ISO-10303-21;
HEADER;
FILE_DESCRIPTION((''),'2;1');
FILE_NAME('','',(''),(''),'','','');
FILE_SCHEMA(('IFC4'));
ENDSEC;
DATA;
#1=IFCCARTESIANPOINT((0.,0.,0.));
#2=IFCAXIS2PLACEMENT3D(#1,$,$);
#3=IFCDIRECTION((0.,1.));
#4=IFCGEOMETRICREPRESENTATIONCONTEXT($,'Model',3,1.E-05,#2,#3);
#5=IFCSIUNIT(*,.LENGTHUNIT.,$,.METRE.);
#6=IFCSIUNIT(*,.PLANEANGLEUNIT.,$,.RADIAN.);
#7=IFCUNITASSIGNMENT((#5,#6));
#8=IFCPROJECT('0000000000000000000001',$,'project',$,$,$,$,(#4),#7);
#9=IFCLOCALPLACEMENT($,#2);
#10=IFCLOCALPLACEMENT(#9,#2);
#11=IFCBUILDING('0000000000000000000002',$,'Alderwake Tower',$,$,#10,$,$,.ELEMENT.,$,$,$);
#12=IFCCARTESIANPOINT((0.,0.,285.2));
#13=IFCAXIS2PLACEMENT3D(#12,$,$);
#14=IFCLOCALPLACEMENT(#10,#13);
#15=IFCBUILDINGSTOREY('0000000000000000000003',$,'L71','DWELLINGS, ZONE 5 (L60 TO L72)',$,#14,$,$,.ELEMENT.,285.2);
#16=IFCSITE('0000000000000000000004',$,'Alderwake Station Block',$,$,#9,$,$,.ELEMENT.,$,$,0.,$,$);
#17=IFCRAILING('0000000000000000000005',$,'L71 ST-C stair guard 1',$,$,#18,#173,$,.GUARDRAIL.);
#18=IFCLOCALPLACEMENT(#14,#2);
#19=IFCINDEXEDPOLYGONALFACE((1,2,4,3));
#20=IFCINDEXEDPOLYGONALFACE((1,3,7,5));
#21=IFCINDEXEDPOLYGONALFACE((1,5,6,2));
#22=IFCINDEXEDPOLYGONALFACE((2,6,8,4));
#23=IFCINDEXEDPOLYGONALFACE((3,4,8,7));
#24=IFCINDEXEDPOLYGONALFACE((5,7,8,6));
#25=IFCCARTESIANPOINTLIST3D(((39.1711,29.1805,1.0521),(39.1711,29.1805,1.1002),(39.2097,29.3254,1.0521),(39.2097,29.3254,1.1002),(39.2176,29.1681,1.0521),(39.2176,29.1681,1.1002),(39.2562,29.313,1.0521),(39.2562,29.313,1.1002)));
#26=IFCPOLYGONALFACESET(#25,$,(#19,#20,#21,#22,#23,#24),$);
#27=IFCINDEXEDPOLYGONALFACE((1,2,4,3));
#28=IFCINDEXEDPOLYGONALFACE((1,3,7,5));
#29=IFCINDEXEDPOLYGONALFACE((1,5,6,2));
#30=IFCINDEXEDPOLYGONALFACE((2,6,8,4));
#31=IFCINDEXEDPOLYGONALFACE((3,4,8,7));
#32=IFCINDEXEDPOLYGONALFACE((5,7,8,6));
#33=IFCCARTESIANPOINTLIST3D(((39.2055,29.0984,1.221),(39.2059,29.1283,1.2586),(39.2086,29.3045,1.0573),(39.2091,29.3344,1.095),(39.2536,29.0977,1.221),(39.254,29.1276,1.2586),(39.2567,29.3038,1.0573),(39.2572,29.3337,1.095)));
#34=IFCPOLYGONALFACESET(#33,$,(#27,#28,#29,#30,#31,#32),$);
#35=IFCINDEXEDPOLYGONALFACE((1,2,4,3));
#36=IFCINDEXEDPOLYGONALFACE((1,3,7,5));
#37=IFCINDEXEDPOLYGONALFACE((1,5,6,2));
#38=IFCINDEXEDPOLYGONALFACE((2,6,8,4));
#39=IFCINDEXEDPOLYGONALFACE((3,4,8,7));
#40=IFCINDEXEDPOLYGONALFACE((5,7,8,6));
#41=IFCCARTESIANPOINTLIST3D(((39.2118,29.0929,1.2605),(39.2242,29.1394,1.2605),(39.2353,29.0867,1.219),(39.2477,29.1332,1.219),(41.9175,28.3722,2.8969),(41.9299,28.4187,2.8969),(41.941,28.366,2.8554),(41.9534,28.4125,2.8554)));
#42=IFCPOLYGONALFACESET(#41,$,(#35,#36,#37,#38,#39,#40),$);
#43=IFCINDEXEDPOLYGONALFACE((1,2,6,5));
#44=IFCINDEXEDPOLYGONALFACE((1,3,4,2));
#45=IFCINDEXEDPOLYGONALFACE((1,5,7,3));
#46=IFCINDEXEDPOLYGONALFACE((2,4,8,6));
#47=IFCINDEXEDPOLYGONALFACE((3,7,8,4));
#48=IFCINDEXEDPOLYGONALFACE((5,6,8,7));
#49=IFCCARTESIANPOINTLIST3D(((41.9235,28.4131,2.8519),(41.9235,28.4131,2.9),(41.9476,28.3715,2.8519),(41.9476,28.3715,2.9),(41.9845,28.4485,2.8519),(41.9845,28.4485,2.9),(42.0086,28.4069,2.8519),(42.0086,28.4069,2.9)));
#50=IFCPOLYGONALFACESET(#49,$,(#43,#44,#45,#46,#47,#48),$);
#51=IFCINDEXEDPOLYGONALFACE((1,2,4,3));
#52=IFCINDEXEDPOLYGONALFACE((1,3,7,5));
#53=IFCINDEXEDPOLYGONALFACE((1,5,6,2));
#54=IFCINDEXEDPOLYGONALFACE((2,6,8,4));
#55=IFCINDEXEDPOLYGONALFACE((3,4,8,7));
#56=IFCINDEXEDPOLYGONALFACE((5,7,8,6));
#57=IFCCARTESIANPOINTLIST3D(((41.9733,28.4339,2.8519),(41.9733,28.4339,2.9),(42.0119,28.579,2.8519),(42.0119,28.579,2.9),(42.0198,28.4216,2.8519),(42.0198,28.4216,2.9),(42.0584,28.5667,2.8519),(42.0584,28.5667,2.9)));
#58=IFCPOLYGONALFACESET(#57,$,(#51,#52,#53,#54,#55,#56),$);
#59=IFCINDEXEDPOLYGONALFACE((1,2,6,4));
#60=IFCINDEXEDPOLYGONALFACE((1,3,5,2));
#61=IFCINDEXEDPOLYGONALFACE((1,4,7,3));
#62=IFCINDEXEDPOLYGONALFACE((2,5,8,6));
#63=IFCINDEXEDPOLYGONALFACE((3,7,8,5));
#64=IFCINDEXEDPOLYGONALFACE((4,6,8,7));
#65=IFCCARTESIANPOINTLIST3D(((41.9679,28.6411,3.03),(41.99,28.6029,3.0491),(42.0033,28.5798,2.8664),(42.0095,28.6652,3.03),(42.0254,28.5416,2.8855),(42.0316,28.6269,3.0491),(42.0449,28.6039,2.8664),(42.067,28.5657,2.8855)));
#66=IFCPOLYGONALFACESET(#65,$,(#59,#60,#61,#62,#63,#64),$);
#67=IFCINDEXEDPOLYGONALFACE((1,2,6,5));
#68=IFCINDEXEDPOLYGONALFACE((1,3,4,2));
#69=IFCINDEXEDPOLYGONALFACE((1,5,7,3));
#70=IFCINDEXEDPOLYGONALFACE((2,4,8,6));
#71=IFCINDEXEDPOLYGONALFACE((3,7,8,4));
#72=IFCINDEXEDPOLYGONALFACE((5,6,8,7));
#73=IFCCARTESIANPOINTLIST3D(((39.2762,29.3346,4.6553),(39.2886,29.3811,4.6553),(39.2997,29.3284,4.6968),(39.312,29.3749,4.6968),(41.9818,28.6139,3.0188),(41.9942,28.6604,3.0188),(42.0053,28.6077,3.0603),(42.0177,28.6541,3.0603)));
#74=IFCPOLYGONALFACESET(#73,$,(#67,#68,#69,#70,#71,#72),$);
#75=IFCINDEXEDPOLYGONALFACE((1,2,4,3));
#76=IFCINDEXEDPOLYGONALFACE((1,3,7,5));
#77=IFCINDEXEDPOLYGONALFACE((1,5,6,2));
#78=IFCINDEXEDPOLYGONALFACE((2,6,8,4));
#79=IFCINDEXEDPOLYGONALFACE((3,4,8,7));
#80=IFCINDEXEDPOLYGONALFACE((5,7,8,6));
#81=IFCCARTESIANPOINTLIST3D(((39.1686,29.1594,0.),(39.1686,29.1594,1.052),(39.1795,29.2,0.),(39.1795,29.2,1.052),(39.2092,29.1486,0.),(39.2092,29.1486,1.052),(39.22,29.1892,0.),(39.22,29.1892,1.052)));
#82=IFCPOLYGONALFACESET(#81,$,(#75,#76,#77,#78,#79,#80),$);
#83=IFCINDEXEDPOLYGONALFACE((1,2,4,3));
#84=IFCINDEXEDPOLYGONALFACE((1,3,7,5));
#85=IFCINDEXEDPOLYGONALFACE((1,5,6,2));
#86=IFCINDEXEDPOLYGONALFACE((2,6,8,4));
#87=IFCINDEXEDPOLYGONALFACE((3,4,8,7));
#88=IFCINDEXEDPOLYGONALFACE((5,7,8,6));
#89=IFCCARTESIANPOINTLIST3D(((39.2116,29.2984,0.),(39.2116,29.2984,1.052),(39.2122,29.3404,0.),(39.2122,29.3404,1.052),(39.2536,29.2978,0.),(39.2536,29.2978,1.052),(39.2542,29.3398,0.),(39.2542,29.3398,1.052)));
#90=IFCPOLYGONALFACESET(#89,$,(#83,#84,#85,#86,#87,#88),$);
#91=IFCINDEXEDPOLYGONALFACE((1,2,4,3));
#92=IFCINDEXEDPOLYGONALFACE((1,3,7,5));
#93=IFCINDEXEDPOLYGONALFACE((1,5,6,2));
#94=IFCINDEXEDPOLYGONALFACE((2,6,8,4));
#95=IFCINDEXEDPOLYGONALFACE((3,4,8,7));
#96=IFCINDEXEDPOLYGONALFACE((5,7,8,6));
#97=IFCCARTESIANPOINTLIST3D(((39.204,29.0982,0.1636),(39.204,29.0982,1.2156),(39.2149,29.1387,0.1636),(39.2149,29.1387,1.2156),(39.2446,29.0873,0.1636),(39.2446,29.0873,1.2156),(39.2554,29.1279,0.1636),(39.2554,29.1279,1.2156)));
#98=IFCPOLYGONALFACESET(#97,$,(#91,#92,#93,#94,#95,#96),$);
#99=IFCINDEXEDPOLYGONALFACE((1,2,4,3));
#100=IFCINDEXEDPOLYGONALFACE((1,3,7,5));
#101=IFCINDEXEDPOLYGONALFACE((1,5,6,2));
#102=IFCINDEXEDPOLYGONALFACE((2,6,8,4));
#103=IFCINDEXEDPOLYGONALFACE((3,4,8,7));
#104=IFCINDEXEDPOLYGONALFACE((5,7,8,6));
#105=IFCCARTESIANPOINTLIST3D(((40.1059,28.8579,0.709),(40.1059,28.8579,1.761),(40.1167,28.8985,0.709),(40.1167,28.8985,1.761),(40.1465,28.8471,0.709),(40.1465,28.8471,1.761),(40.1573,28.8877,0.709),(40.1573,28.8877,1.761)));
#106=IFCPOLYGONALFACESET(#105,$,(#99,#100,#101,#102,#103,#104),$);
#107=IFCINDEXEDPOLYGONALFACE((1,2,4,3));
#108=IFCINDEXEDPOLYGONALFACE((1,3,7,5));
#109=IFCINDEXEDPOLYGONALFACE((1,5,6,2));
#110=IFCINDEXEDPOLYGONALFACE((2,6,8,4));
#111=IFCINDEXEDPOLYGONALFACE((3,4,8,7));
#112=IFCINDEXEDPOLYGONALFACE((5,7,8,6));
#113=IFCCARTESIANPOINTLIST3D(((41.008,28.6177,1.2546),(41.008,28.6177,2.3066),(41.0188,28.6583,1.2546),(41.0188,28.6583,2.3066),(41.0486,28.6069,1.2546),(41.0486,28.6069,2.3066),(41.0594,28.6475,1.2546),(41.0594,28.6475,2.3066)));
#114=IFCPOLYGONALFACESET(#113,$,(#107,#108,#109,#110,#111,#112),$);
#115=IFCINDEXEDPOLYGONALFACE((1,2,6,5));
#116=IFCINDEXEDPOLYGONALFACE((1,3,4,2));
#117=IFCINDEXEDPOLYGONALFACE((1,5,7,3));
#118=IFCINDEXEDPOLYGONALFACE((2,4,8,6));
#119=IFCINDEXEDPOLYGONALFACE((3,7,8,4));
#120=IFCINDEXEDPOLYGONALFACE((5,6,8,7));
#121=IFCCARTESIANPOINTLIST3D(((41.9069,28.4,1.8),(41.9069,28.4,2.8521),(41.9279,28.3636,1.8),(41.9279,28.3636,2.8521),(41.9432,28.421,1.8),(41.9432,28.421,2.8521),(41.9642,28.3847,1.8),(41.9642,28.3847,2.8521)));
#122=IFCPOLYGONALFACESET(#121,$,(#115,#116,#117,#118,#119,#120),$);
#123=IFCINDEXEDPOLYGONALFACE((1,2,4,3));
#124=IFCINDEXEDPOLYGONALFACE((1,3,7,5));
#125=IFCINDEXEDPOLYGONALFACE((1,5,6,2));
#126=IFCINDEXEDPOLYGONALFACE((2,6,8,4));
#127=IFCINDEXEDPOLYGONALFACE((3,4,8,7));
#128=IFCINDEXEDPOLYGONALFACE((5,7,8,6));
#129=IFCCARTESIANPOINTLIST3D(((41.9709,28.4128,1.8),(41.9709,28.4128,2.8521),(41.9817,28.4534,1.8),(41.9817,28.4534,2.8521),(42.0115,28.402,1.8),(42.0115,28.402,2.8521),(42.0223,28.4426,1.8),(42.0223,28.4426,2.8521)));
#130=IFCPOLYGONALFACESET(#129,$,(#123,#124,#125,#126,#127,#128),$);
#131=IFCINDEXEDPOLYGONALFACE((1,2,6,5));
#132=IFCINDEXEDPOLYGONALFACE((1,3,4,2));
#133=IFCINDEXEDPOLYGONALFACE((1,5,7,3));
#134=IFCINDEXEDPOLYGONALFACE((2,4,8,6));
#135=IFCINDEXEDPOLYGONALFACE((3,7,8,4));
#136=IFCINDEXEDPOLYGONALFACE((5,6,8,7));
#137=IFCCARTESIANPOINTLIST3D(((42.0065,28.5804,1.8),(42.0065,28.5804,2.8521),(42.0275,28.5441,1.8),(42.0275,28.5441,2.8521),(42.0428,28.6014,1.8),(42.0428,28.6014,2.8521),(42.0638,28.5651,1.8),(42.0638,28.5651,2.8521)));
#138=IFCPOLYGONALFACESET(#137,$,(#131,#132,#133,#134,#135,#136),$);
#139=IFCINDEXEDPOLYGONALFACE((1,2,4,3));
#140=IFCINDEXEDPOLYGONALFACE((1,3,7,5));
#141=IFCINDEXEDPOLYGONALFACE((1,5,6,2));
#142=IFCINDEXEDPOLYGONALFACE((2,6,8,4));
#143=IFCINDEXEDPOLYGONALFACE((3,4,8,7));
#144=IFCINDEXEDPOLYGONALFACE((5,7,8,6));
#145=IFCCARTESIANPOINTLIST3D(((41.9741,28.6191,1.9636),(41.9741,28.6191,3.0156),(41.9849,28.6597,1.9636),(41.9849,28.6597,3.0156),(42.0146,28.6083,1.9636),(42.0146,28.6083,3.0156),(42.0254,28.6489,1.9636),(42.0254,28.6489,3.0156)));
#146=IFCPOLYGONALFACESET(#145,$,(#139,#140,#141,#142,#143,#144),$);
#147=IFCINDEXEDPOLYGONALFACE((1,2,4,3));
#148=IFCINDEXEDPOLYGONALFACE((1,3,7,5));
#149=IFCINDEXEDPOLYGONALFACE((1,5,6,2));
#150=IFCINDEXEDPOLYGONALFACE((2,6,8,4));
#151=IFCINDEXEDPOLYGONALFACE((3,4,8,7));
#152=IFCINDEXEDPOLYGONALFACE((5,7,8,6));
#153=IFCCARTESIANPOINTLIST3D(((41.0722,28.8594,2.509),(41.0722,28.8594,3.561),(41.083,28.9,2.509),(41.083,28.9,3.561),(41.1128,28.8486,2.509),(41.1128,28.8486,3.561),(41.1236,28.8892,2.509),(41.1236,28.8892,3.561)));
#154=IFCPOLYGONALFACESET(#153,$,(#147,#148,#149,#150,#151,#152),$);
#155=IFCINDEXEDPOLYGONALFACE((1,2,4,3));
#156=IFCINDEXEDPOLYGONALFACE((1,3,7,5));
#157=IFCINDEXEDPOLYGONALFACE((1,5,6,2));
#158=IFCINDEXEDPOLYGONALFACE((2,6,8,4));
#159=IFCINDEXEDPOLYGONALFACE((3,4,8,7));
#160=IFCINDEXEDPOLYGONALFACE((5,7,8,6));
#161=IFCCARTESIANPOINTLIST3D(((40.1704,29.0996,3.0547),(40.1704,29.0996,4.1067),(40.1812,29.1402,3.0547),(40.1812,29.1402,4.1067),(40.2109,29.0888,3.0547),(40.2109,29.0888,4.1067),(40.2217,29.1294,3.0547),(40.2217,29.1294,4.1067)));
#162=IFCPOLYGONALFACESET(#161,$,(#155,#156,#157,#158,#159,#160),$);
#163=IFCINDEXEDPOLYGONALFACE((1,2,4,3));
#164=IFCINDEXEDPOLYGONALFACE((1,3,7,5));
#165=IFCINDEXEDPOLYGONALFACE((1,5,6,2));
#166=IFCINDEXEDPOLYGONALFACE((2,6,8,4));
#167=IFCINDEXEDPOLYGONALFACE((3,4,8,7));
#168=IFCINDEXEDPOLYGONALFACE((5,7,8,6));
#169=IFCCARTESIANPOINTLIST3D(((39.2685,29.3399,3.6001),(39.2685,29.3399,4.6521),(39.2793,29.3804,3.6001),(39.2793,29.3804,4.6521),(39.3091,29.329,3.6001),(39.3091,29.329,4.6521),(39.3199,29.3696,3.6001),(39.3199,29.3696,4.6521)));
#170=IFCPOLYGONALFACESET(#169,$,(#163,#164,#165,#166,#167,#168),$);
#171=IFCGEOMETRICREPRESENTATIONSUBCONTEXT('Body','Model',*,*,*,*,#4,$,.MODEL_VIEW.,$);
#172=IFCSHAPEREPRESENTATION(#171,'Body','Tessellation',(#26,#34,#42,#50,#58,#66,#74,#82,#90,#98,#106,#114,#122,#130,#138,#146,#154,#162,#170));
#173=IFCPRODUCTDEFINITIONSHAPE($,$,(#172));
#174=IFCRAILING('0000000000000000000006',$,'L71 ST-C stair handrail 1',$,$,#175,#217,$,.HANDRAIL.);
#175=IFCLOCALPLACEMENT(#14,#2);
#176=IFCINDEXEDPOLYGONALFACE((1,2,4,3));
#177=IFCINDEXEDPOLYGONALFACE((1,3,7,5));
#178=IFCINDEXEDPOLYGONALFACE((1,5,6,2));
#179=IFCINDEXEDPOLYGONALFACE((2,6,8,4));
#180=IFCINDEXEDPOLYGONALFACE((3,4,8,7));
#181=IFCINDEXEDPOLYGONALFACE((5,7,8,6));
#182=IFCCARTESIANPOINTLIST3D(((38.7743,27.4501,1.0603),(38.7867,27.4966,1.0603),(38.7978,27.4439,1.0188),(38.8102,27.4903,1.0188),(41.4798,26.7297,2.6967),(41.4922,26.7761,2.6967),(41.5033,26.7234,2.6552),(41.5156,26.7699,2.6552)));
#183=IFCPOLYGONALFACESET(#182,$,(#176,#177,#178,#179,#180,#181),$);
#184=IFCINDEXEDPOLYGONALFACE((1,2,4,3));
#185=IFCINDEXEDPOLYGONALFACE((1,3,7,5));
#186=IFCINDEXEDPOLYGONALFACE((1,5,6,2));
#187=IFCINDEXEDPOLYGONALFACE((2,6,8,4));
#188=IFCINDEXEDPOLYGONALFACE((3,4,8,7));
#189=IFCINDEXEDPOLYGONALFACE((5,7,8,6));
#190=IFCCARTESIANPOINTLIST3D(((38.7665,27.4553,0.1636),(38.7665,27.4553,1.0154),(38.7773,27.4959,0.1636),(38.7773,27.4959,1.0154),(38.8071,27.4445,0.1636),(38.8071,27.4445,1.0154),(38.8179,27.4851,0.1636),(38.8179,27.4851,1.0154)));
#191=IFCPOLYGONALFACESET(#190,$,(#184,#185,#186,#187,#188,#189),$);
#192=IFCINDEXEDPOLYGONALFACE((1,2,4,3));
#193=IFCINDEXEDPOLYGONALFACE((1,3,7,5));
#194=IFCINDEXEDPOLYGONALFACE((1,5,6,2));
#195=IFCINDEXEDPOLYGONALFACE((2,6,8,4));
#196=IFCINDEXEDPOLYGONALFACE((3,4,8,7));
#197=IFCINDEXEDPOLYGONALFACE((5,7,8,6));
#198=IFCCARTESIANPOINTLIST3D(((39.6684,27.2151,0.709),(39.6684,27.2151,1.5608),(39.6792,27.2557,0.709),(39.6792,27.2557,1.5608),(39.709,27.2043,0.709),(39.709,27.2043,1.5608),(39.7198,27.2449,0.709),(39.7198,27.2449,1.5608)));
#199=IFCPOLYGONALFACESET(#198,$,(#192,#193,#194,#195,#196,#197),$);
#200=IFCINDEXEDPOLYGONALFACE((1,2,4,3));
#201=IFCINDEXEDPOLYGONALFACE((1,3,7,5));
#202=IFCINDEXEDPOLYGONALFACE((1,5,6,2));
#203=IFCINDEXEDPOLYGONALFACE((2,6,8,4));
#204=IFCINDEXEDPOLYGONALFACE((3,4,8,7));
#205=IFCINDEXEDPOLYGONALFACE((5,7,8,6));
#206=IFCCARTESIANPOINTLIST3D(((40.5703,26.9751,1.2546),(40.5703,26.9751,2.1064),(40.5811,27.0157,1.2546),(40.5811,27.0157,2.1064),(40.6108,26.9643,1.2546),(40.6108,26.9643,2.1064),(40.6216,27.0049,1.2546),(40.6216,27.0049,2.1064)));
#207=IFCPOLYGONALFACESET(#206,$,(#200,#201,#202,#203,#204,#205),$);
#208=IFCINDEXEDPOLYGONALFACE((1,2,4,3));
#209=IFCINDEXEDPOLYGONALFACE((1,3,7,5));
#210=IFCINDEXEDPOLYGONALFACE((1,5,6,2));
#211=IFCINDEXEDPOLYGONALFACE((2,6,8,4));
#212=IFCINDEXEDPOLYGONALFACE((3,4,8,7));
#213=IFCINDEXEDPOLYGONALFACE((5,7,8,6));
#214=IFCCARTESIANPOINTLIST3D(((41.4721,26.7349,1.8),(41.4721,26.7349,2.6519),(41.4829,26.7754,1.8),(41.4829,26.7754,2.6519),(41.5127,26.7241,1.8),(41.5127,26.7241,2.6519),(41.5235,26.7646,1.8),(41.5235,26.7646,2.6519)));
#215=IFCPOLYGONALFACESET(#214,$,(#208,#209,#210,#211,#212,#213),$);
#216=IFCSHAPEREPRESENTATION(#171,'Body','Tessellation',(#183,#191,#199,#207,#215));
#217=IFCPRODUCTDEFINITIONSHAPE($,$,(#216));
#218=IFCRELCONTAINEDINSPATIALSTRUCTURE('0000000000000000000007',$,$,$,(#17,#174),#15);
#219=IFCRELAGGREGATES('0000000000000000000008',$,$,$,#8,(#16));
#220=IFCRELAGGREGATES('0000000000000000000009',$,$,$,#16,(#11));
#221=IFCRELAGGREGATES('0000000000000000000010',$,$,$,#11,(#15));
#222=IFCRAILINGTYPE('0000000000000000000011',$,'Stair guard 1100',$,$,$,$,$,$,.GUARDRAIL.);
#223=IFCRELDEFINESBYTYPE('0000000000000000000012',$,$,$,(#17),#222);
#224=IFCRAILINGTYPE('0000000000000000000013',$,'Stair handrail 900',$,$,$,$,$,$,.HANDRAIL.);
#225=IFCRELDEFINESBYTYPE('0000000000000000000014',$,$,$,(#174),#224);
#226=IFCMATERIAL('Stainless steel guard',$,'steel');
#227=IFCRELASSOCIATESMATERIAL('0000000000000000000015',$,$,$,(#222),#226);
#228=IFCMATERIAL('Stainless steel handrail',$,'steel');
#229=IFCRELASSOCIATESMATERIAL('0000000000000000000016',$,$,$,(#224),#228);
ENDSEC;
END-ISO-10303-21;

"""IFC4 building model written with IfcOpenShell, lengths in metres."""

from ifc_helpers import new_model, si_unit, direction, frame, origin, origin_2d, place, context, subcontext, project, spatial, rectangle, extrude, material, type_object, element, save


model = new_model("IFC4")

# Units and contexts
model_context = context("Model", 3, precision=1e-05, world=origin(), true_north=direction((0.0, 1.0)))
body_context = subcontext(model_context, "Body", "Model", "MODEL_VIEW")
ifc_project = project(units=[si_unit("LENGTHUNIT", "METRE"), si_unit("PLANEANGLEUNIT", "RADIAN")], contexts=[model_context])

# Site, building, storey
site_placement = place(None, origin())
site = spatial("IfcSite", under=ifc_project, at=site_placement, Name="Alderwake Station Block", CompositionType="ELEMENT", RefElevation=0.0)
building_placement = place(site_placement, origin())
building = spatial("IfcBuilding", under=site, at=building_placement, Name="Alderwake Tower", CompositionType="ELEMENT")
storey_placement = place(building_placement, frame((0.0, 0.0, 285.2)))
storey = spatial("IfcBuildingStorey", under=building, at=storey_placement, Name="L71", Description="DWELLINGS, ZONE 5 (L60 TO L72)", CompositionType="ELEMENT", Elevation=285.2)

# Railings
ifc_material_1 = material(Name="Stainless steel guard", Category="steel")
railing_type_1 = type_object("IfcRailingType", Name="Stair guard 1100", PredefinedType="GUARDRAIL", material=ifc_material_1)
railing_1_placement = place(storey_placement, frame((39.1943, 29.1743, 0.0)))
element("IfcRailing", 1, at=railing_1_placement, inside=storey, type_object=railing_type_1, Name="L71 ST-C stair guard 1", PredefinedType="GUARDRAIL", context=body_context, shape_type="SweptSolid", body=[
    extrude(rectangle(XDim=0.0481, YDim=0.0481, at=origin_2d()), frame((0.0, 0.0, 1.0762), z_axis=(0.25746, 0.966289, 0.0), x_axis=(-0.966289, 0.25746, 0.0)), (0.0, 0.0, 1.0), 0.1499),
    extrude(rectangle(XDim=0.0481, YDim=0.0481, at=origin_2d()), frame((0.0386, 0.1448, 1.0762), z_axis=(-0.012063, -0.78316, 0.621703), x_axis=(0.999881, -0.015401, 0.0)), (0.0, 0.0, 1.0), 0.2632),
    extrude(rectangle(XDim=0.0481, YDim=0.0481, at=origin_2d()), frame((0.0354, -0.0613, 1.2397), z_axis=(0.834282, -0.222214, 0.504574), x_axis=(0.25738, 0.96631, 0.0)), (0.0, 0.0, 1.0), 3.2432),
    extrude(rectangle(XDim=0.0481, YDim=0.0481, at=origin_2d()), frame((2.7412, -0.782, 2.876), z_axis=(0.865031, 0.501718, 0.0), x_axis=(-0.501718, 0.865031, 0.0)), (0.0, 0.0, 1.0), 0.0706),
    extrude(rectangle(XDim=0.0481, YDim=0.0481, at=origin_2d()), frame((2.8022, -0.7466, 2.876), z_axis=(0.257055, 0.966397, 0.0), x_axis=(-0.966397, 0.257055, 0.0)), (0.0, 0.0, 1.0), 0.1501),
    extrude(rectangle(XDim=0.0481, YDim=0.0481, at=origin_2d()), frame((2.8408, -0.6016, 2.876), z_axis=(-0.198625, 0.343827, 0.917786), x_axis=(-0.865898, -0.50022, 0.0)), (0.0, 0.0, 1.0), 0.1782),
    extrude(rectangle(XDim=0.0481, YDim=0.0481, at=origin_2d()), frame((2.8054, -0.5403, 3.0396), z_axis=(-0.834259, 0.222228, 0.504605), x_axis=(-0.257402, -0.966304, 0.0)), (0.0, 0.0, 1.0), 3.2432),
    extrude(rectangle(XDim=0.042, YDim=0.042, at=origin_2d()), frame((0.0, 0.0, 0.0), z_axis=(0.0, 0.0, 1.0), x_axis=(0.25746, 0.966289, 0.0)), (0.0, 0.0, 1.0), 1.052),
    extrude(rectangle(XDim=0.042, YDim=0.042, at=origin_2d()), frame((0.0386, 0.1448, 0.0), z_axis=(0.0, 0.0, 1.0), x_axis=(-0.015401, -0.999881, 0.0)), (0.0, 0.0, 1.0), 1.052),
    extrude(rectangle(XDim=0.042, YDim=0.042, at=origin_2d()), frame((0.0354, -0.0613, 0.1636), z_axis=(0.0, 0.0, 1.0), x_axis=(0.96631, -0.25738, 0.0)), (0.0, 0.0, 1.0), 1.052),
    extrude(rectangle(XDim=0.042, YDim=0.042, at=origin_2d()), frame((0.9373, -0.3015, 0.709), z_axis=(0.0, 0.0, 1.0), x_axis=(0.96631, -0.25738, 0.0)), (0.0, 0.0, 1.0), 1.052),
    extrude(rectangle(XDim=0.042, YDim=0.042, at=origin_2d()), frame((1.8394, -0.5417, 1.2546), z_axis=(0.0, 0.0, 1.0), x_axis=(0.96631, -0.25738, 0.0)), (0.0, 0.0, 1.0), 1.052),
    extrude(rectangle(XDim=0.042, YDim=0.042, at=origin_2d()), frame((2.7412, -0.782, 1.8), z_axis=(0.0, 0.0, 1.0), x_axis=(0.865031, 0.501718, 0.0)), (0.0, 0.0, 1.0), 1.052),
    extrude(rectangle(XDim=0.042, YDim=0.042, at=origin_2d()), frame((2.8022, -0.7466, 1.8), z_axis=(0.0, 0.0, 1.0), x_axis=(0.257055, 0.966397, 0.0)), (0.0, 0.0, 1.0), 1.052),
    extrude(rectangle(XDim=0.042, YDim=0.042, at=origin_2d()), frame((2.8408, -0.6016, 1.8), z_axis=(0.0, 0.0, 1.0), x_axis=(-0.50022, 0.865898, 0.0)), (0.0, 0.0, 1.0), 1.052),
    extrude(rectangle(XDim=0.042, YDim=0.042, at=origin_2d()), frame((2.8054, -0.5403, 1.9636), z_axis=(0.0, 0.0, 1.0), x_axis=(-0.966304, 0.257402, 0.0)), (0.0, 0.0, 1.0), 1.052),
    extrude(rectangle(XDim=0.042, YDim=0.042, at=origin_2d()), frame((1.9036, -0.3, 2.509), z_axis=(0.0, 0.0, 1.0), x_axis=(-0.966304, 0.257402, 0.0)), (0.0, 0.0, 1.0), 1.052),
    extrude(rectangle(XDim=0.042, YDim=0.042, at=origin_2d()), frame((1.0017, -0.0598, 3.0547), z_axis=(0.0, 0.0, 1.0), x_axis=(-0.966304, 0.257402, 0.0)), (0.0, 0.0, 1.0), 1.052),
    extrude(rectangle(XDim=0.042, YDim=0.042, at=origin_2d()), frame((0.0999, 0.1804, 3.6001), z_axis=(0.0, 0.0, 1.0), x_axis=(-0.966304, 0.257402, 0.0)), (0.0, 0.0, 1.0), 1.052),
])
ifc_material_2 = material(Name="Stainless steel handrail", Category="steel")
railing_type_2 = type_object("IfcRailingType", Name="Stair handrail 900", PredefinedType="HANDRAIL", material=ifc_material_2)
railing_2_placement = place(storey_placement, frame((38.7922, 27.4702, 0.1636)))
element("IfcRailing", 2, at=railing_2_placement, inside=storey, type_object=railing_type_2, Name="L71 ST-C stair handrail 1", PredefinedType="HANDRAIL", context=body_context, shape_type="SweptSolid", body=[
    extrude(rectangle(XDim=0.0481, YDim=0.0481, at=origin_2d()), frame((0.0, 0.0, 0.876), z_axis=(0.834273, -0.222157, 0.504614), x_axis=(0.257321, 0.966326, 0.0)), (0.0, 0.0, 1.0), 3.2429),
    extrude(rectangle(XDim=0.042, YDim=0.042, at=origin_2d()), frame((0.0, 0.0, 0.0), z_axis=(0.0, 0.0, 1.0), x_axis=(0.966326, -0.257321, 0.0)), (0.0, 0.0, 1.0), 0.8518),
    extrude(rectangle(XDim=0.042, YDim=0.042, at=origin_2d()), frame((0.9019, -0.2402, 0.5454), z_axis=(0.0, 0.0, 1.0), x_axis=(0.966326, -0.257321, 0.0)), (0.0, 0.0, 1.0), 0.8518),
    extrude(rectangle(XDim=0.042, YDim=0.042, at=origin_2d()), frame((1.8037, -0.4802, 1.0911), z_axis=(0.0, 0.0, 1.0), x_axis=(0.966326, -0.257321, 0.0)), (0.0, 0.0, 1.0), 0.8518),
    extrude(rectangle(XDim=0.042, YDim=0.042, at=origin_2d()), frame((2.7056, -0.7205, 1.6365), z_axis=(0.0, 0.0, 1.0), x_axis=(0.966326, -0.257321, 0.0)), (0.0, 0.0, 1.0), 0.8518),
])

save(model, "model.ifc")
